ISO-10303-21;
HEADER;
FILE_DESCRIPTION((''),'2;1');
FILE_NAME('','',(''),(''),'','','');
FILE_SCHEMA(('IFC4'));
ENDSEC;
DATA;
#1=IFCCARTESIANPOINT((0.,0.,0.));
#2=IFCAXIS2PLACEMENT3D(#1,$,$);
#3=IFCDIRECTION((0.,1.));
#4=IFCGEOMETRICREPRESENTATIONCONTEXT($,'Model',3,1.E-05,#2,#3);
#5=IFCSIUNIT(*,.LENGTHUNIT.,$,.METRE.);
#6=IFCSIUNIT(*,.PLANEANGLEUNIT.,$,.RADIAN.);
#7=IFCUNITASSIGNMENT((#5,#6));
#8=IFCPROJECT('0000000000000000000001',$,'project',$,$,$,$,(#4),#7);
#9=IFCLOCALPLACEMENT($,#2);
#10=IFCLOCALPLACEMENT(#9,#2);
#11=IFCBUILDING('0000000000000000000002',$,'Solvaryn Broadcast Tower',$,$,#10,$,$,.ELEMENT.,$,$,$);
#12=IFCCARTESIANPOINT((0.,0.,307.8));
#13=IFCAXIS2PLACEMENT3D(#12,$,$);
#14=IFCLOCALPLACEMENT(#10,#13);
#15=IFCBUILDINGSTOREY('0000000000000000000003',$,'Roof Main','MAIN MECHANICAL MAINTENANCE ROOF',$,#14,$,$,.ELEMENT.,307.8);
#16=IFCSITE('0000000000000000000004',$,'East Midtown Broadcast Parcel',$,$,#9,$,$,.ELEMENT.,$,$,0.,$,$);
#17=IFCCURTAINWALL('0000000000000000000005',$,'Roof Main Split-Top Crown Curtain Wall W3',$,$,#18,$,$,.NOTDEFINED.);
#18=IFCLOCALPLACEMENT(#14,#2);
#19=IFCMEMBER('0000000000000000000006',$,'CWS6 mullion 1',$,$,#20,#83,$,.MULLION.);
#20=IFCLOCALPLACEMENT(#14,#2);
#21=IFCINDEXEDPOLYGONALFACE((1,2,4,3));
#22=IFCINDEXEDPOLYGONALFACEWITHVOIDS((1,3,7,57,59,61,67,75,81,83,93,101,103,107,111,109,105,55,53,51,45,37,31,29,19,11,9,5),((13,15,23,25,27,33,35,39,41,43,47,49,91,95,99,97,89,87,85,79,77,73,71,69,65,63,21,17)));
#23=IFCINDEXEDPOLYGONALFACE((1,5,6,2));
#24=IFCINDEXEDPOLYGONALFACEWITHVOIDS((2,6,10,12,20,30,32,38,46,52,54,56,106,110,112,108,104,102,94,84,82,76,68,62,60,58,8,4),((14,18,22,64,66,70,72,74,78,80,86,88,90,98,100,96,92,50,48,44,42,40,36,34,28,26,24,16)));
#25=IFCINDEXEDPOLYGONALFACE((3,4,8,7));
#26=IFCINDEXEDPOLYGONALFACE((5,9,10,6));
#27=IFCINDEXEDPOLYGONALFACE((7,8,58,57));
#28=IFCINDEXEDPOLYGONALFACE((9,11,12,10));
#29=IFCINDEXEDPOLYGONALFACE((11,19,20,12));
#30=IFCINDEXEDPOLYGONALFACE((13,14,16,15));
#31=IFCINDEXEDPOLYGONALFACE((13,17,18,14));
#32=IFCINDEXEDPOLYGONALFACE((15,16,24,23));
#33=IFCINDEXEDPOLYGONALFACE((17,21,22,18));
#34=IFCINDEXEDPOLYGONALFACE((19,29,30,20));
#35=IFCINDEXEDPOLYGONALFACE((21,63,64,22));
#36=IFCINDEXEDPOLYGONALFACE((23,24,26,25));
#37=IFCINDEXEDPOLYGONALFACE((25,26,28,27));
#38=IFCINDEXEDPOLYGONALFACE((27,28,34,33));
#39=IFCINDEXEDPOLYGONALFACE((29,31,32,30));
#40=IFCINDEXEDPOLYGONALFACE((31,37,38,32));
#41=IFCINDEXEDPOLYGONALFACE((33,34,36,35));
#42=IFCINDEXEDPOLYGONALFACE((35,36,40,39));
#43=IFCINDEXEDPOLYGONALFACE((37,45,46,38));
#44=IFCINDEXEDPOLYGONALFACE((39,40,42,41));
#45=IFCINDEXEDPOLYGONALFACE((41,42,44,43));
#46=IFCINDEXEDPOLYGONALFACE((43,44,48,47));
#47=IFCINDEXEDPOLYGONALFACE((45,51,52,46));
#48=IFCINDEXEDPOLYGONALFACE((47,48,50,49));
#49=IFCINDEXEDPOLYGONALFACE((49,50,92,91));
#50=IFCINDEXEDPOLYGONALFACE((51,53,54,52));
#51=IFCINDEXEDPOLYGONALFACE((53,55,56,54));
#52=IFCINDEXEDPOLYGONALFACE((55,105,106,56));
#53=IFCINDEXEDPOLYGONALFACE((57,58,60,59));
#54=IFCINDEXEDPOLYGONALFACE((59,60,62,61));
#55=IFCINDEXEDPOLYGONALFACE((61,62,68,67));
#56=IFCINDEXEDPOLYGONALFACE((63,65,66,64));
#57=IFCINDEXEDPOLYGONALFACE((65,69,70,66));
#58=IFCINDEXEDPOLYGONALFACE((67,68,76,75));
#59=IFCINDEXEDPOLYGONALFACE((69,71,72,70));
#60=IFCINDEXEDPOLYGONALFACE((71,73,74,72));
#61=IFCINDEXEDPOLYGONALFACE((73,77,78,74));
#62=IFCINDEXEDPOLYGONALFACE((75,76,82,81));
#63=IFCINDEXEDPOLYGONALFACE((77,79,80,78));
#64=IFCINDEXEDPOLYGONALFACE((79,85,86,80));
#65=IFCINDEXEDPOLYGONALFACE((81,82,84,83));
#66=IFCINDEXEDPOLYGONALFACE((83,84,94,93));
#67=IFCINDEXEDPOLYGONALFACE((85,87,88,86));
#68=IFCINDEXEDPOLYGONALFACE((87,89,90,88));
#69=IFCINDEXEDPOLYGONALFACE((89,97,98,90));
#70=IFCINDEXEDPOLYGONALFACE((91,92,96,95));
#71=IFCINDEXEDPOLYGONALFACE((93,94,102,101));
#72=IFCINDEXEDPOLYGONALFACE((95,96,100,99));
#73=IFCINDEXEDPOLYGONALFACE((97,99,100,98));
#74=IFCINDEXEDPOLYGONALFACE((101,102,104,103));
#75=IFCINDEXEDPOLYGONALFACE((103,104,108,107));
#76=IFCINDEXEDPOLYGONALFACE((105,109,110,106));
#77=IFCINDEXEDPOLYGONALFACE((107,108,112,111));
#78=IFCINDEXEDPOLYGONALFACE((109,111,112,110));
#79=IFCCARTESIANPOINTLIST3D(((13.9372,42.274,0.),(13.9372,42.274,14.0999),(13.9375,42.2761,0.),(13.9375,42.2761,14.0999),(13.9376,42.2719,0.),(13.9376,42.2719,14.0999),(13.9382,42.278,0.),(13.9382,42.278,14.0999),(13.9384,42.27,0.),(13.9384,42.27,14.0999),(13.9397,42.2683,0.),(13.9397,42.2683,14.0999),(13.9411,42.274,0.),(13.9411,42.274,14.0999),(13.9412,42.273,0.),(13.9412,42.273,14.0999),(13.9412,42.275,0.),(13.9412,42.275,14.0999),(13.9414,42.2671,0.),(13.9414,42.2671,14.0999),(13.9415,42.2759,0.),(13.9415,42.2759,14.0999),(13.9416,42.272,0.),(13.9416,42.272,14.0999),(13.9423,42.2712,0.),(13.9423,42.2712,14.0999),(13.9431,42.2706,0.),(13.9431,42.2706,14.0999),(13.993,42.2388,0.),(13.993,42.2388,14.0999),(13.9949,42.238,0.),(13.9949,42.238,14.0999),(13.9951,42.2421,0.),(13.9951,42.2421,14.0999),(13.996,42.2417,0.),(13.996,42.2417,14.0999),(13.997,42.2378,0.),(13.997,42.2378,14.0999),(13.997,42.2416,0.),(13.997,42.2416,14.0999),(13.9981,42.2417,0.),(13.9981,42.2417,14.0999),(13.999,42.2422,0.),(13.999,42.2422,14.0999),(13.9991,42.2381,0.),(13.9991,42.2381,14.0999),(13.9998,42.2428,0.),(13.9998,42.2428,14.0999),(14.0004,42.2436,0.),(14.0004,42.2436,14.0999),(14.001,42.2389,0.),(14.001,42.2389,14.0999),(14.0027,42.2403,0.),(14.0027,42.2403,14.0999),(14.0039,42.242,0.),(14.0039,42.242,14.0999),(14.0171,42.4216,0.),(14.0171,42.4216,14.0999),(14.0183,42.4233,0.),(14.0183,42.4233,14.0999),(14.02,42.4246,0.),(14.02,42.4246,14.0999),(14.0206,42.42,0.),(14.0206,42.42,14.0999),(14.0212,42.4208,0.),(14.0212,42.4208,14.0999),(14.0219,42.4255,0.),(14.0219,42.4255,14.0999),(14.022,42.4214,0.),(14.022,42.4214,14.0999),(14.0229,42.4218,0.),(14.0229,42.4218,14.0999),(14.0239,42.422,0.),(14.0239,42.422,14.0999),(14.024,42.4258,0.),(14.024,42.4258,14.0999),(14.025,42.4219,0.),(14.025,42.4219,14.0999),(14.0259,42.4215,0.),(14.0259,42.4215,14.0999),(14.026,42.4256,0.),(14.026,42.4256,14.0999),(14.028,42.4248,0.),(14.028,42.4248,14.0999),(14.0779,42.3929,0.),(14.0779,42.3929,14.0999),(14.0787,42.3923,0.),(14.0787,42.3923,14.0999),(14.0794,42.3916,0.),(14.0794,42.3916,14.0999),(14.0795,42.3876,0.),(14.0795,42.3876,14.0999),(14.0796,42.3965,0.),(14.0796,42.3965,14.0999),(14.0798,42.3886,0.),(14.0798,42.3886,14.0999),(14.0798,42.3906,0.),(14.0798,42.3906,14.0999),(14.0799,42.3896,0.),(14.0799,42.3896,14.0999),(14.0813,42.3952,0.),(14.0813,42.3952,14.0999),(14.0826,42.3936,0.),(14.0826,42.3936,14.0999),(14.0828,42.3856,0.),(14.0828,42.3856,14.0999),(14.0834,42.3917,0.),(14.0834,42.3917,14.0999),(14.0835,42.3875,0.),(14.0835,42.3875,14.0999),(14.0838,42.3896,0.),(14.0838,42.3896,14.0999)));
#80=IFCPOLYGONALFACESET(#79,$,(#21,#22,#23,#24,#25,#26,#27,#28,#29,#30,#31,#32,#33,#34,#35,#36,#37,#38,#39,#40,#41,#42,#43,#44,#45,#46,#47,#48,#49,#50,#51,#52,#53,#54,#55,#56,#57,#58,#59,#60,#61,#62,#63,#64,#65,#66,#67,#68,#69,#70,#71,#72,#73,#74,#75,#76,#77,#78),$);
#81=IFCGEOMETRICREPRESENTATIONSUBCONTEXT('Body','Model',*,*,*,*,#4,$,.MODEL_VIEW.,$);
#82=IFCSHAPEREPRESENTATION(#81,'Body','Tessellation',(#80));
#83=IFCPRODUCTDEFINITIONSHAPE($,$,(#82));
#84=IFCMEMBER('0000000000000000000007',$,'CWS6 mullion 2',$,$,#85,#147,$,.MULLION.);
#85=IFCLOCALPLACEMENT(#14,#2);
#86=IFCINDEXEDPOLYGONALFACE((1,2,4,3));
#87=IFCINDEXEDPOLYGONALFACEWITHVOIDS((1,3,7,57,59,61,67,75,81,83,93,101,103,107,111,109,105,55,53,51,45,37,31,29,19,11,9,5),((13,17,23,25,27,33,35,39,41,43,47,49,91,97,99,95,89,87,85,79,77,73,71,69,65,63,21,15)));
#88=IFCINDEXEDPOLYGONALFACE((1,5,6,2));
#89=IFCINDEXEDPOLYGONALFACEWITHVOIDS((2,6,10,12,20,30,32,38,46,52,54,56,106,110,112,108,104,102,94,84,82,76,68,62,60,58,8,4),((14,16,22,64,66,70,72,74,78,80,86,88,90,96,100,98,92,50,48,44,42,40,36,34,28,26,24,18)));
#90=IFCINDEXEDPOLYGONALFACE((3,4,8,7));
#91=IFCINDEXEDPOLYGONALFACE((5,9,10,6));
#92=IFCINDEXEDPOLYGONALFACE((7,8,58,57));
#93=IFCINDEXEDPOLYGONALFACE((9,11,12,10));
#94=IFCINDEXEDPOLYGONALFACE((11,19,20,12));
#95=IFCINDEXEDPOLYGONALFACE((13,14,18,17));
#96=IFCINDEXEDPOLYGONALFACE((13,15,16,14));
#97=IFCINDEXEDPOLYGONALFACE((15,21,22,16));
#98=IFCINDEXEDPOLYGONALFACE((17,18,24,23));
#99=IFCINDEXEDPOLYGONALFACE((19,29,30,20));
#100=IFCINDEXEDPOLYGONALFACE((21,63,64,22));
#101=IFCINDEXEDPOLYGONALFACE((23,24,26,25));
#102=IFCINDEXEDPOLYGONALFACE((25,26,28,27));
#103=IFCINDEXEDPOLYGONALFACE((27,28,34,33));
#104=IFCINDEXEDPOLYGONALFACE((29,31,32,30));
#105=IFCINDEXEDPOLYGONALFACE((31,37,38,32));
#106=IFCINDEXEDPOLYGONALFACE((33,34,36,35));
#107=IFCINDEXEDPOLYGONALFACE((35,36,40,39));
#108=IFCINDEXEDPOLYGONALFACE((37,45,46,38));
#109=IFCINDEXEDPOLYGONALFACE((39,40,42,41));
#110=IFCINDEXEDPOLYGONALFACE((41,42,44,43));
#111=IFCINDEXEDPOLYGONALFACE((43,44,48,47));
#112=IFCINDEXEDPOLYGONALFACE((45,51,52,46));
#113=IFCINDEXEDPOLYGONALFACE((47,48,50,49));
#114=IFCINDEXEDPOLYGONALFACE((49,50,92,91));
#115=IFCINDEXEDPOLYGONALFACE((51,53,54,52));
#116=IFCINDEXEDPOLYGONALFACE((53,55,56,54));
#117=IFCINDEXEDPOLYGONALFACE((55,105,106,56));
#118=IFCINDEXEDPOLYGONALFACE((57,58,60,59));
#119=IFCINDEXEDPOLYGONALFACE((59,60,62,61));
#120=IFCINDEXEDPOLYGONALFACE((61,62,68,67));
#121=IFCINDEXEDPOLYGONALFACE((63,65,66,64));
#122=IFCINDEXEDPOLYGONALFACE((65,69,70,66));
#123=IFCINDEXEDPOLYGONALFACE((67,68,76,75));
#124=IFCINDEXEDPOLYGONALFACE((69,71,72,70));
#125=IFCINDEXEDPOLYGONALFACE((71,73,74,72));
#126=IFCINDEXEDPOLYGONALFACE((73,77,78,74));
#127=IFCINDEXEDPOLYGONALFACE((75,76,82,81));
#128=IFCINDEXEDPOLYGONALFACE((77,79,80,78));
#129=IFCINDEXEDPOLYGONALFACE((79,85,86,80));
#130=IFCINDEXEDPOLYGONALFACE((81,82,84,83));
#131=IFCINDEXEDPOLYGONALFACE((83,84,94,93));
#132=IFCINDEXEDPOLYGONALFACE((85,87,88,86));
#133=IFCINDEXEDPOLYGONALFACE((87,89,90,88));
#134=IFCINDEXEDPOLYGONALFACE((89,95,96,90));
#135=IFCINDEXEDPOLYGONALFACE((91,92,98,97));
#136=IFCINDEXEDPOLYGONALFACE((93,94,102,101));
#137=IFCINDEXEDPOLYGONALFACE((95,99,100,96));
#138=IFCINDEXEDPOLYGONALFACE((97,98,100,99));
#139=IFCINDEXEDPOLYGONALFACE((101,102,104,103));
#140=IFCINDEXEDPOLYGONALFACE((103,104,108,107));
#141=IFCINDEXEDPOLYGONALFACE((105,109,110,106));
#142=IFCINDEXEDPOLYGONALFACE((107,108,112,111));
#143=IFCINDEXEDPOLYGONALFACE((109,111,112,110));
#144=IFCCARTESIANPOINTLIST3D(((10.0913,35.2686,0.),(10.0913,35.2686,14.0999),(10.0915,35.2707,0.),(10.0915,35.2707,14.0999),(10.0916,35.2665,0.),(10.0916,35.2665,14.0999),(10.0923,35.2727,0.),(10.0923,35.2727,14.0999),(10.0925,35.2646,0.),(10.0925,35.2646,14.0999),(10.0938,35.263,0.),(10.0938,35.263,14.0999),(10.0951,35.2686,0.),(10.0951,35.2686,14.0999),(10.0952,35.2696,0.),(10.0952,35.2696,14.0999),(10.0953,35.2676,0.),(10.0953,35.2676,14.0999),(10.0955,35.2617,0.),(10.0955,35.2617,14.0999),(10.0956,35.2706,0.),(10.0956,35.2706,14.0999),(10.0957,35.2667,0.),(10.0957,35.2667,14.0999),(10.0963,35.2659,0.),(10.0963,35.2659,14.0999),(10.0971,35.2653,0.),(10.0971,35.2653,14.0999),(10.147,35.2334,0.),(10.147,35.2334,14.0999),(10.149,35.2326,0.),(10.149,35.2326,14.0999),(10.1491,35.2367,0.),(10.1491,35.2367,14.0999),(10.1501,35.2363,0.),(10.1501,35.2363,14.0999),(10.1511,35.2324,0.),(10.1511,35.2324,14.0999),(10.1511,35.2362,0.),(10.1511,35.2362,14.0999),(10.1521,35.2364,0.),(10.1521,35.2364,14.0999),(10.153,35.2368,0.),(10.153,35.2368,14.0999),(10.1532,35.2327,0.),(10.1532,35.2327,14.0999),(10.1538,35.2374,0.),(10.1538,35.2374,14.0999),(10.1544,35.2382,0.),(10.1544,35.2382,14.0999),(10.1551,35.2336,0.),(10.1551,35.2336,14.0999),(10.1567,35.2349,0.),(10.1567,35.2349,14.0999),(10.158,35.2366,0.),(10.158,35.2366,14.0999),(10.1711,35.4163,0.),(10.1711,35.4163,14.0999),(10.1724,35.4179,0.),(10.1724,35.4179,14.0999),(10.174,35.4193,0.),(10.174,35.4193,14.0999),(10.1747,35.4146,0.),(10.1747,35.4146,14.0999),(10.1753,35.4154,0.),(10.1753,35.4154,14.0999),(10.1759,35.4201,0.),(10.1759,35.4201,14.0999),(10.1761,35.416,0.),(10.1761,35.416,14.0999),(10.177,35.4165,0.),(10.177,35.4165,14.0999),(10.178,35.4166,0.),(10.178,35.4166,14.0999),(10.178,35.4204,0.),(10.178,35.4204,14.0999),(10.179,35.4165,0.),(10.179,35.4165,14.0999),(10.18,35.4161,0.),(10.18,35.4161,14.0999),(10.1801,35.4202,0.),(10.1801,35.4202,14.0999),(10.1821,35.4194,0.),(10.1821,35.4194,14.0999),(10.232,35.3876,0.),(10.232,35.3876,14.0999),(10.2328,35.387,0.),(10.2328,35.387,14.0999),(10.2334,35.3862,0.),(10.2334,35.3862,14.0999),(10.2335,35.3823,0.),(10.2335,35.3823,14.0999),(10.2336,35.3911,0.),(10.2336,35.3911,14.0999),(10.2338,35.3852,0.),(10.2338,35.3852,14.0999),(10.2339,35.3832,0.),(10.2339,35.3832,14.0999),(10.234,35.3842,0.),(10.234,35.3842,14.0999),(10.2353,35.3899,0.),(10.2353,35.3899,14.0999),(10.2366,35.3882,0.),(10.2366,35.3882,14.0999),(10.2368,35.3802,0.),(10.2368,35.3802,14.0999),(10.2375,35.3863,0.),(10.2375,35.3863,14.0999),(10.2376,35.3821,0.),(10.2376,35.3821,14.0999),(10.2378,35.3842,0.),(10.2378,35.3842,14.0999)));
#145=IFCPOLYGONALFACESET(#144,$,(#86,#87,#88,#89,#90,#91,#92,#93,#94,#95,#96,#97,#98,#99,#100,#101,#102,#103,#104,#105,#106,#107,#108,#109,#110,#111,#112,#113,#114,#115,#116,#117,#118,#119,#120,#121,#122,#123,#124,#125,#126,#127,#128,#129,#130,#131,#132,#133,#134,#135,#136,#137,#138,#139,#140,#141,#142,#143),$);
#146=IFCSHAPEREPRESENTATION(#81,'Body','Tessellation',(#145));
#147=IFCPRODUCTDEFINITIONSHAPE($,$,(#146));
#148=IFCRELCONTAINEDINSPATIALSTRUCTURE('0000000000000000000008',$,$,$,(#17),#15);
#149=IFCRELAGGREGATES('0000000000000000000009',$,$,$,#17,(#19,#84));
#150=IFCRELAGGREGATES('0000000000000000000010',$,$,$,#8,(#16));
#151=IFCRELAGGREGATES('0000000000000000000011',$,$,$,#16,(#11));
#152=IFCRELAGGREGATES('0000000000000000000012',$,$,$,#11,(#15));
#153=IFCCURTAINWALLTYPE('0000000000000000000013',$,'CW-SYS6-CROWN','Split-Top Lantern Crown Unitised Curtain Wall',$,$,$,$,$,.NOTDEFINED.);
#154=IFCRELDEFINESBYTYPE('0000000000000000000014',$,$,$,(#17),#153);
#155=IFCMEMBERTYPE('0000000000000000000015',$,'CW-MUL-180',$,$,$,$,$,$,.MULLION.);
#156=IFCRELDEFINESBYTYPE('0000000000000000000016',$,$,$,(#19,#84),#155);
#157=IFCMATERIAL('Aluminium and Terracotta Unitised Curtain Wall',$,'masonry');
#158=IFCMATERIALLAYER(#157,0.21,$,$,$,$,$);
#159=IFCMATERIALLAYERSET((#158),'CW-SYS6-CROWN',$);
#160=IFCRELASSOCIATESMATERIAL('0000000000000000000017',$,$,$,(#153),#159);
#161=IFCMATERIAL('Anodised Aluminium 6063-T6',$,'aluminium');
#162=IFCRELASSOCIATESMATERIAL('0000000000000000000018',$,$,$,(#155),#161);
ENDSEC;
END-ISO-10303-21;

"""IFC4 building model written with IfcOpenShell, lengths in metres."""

from ifc_helpers import new_model, si_unit, direction, frame, origin, origin_2d, place, context, subcontext, project, spatial, hollow_rectangle, extrude, material, layer, layer_set, material_profile, profile_set, type_object, element, aggregate, save


model = new_model("IFC4")

# Units and contexts
model_context = context("Model", 3, precision=1e-05, world=origin(), true_north=direction((0.0, 1.0)))
body_context = subcontext(model_context, "Body", "Model", "MODEL_VIEW")
ifc_project = project(units=[si_unit("LENGTHUNIT", "METRE"), si_unit("PLANEANGLEUNIT", "RADIAN")], contexts=[model_context])

# Site, building, storey
site_placement = place(None, origin())
site = spatial("IfcSite", under=ifc_project, at=site_placement, Name="East Midtown Broadcast Parcel", CompositionType="ELEMENT", RefElevation=0.0)
building_placement = place(site_placement, origin())
building = spatial("IfcBuilding", under=site, at=building_placement, Name="Solvaryn Broadcast Tower", CompositionType="ELEMENT")
storey_placement = place(building_placement, frame((0.0, 0.0, 307.8)))
storey = spatial("IfcBuildingStorey", under=building, at=storey_placement, Name="Roof Main", Description="MAIN MECHANICAL MAINTENANCE ROOF", CompositionType="ELEMENT", Elevation=307.8)

# Shared definitions
ifc_material_1 = material(Name="Aluminium and Terracotta Unitised Curtain Wall", Category="masonry")
ifc_layer_1 = layer(ifc_material_1, 0.21)
ifc_layer_set_1 = layer_set([ifc_layer_1], Name="CW-SYS6-CROWN")
curtain_wall_type = type_object("IfcCurtainWallType", Name="CW-SYS6-CROWN", Description="Split-Top Lantern Crown Unitised Curtain Wall", PredefinedType="NOTDEFINED", material=ifc_layer_set_1)
ifc_material_2 = material(Name="Anodised Aluminium 6063-T6", Category="aluminium")
ifc_material_profile_1 = material_profile(ifc_material_2, hollow_rectangle(XDim=0.075, YDim=0.1799, WallThickness=0.0039, InnerFilletRadius=0.0039, OuterFilletRadius=0.0081, at=origin_2d()))
ifc_profile_set_1 = profile_set([ifc_material_profile_1], Name="Anodised Aluminium 6063-T6")
member_type_1 = type_object("IfcMemberType", Name="CW-MUL-180", PredefinedType="MULLION", material=ifc_profile_set_1)

# Curtain wall, members
curtain_wall_1_placement = place(storey_placement, origin())
curtain_wall_1 = element("IfcCurtainWall", 1, at=curtain_wall_1_placement, inside=storey, type_object=curtain_wall_type, Name="Roof Main Split-Top Crown Curtain Wall W3", PredefinedType="NOTDEFINED")
member_1_placement = place(storey_placement, frame((14.0105, 42.3318, 0.0), z_axis=(0.0, 0.0, 1.0), x_axis=(0.876578, -0.481261, 0.0)))
member_1 = element("IfcMember", 2, at=member_1_placement, type_object=member_type_1, Name="CWS6 mullion 1", PredefinedType="MULLION", context=body_context, shape_type="SweptSolid", body=[
    extrude(hollow_rectangle(XDim=0.075, YDim=0.1799, WallThickness=0.0039, InnerFilletRadius=0.0039, OuterFilletRadius=0.0081, at=origin_2d()), origin(), (0.0, 0.0, 1.0), 14.0999),
])
member_2_placement = place(storey_placement, frame((10.1646, 35.3264, 0.0), z_axis=(0.0, 0.0, 1.0), x_axis=(0.876578, -0.481261, 0.0)))
member_2 = element("IfcMember", 3, at=member_2_placement, type_object=member_type_1, Name="CWS6 mullion 2", PredefinedType="MULLION", context=body_context, shape_type="SweptSolid", body=[
    extrude(hollow_rectangle(XDim=0.075, YDim=0.1799, WallThickness=0.0039, InnerFilletRadius=0.0039, OuterFilletRadius=0.0081, at=origin_2d()), origin(), (0.0, 0.0, 1.0), 14.0999),
])

aggregate(curtain_wall_1, [member_1, member_2])

save(model, "model.ifc")
